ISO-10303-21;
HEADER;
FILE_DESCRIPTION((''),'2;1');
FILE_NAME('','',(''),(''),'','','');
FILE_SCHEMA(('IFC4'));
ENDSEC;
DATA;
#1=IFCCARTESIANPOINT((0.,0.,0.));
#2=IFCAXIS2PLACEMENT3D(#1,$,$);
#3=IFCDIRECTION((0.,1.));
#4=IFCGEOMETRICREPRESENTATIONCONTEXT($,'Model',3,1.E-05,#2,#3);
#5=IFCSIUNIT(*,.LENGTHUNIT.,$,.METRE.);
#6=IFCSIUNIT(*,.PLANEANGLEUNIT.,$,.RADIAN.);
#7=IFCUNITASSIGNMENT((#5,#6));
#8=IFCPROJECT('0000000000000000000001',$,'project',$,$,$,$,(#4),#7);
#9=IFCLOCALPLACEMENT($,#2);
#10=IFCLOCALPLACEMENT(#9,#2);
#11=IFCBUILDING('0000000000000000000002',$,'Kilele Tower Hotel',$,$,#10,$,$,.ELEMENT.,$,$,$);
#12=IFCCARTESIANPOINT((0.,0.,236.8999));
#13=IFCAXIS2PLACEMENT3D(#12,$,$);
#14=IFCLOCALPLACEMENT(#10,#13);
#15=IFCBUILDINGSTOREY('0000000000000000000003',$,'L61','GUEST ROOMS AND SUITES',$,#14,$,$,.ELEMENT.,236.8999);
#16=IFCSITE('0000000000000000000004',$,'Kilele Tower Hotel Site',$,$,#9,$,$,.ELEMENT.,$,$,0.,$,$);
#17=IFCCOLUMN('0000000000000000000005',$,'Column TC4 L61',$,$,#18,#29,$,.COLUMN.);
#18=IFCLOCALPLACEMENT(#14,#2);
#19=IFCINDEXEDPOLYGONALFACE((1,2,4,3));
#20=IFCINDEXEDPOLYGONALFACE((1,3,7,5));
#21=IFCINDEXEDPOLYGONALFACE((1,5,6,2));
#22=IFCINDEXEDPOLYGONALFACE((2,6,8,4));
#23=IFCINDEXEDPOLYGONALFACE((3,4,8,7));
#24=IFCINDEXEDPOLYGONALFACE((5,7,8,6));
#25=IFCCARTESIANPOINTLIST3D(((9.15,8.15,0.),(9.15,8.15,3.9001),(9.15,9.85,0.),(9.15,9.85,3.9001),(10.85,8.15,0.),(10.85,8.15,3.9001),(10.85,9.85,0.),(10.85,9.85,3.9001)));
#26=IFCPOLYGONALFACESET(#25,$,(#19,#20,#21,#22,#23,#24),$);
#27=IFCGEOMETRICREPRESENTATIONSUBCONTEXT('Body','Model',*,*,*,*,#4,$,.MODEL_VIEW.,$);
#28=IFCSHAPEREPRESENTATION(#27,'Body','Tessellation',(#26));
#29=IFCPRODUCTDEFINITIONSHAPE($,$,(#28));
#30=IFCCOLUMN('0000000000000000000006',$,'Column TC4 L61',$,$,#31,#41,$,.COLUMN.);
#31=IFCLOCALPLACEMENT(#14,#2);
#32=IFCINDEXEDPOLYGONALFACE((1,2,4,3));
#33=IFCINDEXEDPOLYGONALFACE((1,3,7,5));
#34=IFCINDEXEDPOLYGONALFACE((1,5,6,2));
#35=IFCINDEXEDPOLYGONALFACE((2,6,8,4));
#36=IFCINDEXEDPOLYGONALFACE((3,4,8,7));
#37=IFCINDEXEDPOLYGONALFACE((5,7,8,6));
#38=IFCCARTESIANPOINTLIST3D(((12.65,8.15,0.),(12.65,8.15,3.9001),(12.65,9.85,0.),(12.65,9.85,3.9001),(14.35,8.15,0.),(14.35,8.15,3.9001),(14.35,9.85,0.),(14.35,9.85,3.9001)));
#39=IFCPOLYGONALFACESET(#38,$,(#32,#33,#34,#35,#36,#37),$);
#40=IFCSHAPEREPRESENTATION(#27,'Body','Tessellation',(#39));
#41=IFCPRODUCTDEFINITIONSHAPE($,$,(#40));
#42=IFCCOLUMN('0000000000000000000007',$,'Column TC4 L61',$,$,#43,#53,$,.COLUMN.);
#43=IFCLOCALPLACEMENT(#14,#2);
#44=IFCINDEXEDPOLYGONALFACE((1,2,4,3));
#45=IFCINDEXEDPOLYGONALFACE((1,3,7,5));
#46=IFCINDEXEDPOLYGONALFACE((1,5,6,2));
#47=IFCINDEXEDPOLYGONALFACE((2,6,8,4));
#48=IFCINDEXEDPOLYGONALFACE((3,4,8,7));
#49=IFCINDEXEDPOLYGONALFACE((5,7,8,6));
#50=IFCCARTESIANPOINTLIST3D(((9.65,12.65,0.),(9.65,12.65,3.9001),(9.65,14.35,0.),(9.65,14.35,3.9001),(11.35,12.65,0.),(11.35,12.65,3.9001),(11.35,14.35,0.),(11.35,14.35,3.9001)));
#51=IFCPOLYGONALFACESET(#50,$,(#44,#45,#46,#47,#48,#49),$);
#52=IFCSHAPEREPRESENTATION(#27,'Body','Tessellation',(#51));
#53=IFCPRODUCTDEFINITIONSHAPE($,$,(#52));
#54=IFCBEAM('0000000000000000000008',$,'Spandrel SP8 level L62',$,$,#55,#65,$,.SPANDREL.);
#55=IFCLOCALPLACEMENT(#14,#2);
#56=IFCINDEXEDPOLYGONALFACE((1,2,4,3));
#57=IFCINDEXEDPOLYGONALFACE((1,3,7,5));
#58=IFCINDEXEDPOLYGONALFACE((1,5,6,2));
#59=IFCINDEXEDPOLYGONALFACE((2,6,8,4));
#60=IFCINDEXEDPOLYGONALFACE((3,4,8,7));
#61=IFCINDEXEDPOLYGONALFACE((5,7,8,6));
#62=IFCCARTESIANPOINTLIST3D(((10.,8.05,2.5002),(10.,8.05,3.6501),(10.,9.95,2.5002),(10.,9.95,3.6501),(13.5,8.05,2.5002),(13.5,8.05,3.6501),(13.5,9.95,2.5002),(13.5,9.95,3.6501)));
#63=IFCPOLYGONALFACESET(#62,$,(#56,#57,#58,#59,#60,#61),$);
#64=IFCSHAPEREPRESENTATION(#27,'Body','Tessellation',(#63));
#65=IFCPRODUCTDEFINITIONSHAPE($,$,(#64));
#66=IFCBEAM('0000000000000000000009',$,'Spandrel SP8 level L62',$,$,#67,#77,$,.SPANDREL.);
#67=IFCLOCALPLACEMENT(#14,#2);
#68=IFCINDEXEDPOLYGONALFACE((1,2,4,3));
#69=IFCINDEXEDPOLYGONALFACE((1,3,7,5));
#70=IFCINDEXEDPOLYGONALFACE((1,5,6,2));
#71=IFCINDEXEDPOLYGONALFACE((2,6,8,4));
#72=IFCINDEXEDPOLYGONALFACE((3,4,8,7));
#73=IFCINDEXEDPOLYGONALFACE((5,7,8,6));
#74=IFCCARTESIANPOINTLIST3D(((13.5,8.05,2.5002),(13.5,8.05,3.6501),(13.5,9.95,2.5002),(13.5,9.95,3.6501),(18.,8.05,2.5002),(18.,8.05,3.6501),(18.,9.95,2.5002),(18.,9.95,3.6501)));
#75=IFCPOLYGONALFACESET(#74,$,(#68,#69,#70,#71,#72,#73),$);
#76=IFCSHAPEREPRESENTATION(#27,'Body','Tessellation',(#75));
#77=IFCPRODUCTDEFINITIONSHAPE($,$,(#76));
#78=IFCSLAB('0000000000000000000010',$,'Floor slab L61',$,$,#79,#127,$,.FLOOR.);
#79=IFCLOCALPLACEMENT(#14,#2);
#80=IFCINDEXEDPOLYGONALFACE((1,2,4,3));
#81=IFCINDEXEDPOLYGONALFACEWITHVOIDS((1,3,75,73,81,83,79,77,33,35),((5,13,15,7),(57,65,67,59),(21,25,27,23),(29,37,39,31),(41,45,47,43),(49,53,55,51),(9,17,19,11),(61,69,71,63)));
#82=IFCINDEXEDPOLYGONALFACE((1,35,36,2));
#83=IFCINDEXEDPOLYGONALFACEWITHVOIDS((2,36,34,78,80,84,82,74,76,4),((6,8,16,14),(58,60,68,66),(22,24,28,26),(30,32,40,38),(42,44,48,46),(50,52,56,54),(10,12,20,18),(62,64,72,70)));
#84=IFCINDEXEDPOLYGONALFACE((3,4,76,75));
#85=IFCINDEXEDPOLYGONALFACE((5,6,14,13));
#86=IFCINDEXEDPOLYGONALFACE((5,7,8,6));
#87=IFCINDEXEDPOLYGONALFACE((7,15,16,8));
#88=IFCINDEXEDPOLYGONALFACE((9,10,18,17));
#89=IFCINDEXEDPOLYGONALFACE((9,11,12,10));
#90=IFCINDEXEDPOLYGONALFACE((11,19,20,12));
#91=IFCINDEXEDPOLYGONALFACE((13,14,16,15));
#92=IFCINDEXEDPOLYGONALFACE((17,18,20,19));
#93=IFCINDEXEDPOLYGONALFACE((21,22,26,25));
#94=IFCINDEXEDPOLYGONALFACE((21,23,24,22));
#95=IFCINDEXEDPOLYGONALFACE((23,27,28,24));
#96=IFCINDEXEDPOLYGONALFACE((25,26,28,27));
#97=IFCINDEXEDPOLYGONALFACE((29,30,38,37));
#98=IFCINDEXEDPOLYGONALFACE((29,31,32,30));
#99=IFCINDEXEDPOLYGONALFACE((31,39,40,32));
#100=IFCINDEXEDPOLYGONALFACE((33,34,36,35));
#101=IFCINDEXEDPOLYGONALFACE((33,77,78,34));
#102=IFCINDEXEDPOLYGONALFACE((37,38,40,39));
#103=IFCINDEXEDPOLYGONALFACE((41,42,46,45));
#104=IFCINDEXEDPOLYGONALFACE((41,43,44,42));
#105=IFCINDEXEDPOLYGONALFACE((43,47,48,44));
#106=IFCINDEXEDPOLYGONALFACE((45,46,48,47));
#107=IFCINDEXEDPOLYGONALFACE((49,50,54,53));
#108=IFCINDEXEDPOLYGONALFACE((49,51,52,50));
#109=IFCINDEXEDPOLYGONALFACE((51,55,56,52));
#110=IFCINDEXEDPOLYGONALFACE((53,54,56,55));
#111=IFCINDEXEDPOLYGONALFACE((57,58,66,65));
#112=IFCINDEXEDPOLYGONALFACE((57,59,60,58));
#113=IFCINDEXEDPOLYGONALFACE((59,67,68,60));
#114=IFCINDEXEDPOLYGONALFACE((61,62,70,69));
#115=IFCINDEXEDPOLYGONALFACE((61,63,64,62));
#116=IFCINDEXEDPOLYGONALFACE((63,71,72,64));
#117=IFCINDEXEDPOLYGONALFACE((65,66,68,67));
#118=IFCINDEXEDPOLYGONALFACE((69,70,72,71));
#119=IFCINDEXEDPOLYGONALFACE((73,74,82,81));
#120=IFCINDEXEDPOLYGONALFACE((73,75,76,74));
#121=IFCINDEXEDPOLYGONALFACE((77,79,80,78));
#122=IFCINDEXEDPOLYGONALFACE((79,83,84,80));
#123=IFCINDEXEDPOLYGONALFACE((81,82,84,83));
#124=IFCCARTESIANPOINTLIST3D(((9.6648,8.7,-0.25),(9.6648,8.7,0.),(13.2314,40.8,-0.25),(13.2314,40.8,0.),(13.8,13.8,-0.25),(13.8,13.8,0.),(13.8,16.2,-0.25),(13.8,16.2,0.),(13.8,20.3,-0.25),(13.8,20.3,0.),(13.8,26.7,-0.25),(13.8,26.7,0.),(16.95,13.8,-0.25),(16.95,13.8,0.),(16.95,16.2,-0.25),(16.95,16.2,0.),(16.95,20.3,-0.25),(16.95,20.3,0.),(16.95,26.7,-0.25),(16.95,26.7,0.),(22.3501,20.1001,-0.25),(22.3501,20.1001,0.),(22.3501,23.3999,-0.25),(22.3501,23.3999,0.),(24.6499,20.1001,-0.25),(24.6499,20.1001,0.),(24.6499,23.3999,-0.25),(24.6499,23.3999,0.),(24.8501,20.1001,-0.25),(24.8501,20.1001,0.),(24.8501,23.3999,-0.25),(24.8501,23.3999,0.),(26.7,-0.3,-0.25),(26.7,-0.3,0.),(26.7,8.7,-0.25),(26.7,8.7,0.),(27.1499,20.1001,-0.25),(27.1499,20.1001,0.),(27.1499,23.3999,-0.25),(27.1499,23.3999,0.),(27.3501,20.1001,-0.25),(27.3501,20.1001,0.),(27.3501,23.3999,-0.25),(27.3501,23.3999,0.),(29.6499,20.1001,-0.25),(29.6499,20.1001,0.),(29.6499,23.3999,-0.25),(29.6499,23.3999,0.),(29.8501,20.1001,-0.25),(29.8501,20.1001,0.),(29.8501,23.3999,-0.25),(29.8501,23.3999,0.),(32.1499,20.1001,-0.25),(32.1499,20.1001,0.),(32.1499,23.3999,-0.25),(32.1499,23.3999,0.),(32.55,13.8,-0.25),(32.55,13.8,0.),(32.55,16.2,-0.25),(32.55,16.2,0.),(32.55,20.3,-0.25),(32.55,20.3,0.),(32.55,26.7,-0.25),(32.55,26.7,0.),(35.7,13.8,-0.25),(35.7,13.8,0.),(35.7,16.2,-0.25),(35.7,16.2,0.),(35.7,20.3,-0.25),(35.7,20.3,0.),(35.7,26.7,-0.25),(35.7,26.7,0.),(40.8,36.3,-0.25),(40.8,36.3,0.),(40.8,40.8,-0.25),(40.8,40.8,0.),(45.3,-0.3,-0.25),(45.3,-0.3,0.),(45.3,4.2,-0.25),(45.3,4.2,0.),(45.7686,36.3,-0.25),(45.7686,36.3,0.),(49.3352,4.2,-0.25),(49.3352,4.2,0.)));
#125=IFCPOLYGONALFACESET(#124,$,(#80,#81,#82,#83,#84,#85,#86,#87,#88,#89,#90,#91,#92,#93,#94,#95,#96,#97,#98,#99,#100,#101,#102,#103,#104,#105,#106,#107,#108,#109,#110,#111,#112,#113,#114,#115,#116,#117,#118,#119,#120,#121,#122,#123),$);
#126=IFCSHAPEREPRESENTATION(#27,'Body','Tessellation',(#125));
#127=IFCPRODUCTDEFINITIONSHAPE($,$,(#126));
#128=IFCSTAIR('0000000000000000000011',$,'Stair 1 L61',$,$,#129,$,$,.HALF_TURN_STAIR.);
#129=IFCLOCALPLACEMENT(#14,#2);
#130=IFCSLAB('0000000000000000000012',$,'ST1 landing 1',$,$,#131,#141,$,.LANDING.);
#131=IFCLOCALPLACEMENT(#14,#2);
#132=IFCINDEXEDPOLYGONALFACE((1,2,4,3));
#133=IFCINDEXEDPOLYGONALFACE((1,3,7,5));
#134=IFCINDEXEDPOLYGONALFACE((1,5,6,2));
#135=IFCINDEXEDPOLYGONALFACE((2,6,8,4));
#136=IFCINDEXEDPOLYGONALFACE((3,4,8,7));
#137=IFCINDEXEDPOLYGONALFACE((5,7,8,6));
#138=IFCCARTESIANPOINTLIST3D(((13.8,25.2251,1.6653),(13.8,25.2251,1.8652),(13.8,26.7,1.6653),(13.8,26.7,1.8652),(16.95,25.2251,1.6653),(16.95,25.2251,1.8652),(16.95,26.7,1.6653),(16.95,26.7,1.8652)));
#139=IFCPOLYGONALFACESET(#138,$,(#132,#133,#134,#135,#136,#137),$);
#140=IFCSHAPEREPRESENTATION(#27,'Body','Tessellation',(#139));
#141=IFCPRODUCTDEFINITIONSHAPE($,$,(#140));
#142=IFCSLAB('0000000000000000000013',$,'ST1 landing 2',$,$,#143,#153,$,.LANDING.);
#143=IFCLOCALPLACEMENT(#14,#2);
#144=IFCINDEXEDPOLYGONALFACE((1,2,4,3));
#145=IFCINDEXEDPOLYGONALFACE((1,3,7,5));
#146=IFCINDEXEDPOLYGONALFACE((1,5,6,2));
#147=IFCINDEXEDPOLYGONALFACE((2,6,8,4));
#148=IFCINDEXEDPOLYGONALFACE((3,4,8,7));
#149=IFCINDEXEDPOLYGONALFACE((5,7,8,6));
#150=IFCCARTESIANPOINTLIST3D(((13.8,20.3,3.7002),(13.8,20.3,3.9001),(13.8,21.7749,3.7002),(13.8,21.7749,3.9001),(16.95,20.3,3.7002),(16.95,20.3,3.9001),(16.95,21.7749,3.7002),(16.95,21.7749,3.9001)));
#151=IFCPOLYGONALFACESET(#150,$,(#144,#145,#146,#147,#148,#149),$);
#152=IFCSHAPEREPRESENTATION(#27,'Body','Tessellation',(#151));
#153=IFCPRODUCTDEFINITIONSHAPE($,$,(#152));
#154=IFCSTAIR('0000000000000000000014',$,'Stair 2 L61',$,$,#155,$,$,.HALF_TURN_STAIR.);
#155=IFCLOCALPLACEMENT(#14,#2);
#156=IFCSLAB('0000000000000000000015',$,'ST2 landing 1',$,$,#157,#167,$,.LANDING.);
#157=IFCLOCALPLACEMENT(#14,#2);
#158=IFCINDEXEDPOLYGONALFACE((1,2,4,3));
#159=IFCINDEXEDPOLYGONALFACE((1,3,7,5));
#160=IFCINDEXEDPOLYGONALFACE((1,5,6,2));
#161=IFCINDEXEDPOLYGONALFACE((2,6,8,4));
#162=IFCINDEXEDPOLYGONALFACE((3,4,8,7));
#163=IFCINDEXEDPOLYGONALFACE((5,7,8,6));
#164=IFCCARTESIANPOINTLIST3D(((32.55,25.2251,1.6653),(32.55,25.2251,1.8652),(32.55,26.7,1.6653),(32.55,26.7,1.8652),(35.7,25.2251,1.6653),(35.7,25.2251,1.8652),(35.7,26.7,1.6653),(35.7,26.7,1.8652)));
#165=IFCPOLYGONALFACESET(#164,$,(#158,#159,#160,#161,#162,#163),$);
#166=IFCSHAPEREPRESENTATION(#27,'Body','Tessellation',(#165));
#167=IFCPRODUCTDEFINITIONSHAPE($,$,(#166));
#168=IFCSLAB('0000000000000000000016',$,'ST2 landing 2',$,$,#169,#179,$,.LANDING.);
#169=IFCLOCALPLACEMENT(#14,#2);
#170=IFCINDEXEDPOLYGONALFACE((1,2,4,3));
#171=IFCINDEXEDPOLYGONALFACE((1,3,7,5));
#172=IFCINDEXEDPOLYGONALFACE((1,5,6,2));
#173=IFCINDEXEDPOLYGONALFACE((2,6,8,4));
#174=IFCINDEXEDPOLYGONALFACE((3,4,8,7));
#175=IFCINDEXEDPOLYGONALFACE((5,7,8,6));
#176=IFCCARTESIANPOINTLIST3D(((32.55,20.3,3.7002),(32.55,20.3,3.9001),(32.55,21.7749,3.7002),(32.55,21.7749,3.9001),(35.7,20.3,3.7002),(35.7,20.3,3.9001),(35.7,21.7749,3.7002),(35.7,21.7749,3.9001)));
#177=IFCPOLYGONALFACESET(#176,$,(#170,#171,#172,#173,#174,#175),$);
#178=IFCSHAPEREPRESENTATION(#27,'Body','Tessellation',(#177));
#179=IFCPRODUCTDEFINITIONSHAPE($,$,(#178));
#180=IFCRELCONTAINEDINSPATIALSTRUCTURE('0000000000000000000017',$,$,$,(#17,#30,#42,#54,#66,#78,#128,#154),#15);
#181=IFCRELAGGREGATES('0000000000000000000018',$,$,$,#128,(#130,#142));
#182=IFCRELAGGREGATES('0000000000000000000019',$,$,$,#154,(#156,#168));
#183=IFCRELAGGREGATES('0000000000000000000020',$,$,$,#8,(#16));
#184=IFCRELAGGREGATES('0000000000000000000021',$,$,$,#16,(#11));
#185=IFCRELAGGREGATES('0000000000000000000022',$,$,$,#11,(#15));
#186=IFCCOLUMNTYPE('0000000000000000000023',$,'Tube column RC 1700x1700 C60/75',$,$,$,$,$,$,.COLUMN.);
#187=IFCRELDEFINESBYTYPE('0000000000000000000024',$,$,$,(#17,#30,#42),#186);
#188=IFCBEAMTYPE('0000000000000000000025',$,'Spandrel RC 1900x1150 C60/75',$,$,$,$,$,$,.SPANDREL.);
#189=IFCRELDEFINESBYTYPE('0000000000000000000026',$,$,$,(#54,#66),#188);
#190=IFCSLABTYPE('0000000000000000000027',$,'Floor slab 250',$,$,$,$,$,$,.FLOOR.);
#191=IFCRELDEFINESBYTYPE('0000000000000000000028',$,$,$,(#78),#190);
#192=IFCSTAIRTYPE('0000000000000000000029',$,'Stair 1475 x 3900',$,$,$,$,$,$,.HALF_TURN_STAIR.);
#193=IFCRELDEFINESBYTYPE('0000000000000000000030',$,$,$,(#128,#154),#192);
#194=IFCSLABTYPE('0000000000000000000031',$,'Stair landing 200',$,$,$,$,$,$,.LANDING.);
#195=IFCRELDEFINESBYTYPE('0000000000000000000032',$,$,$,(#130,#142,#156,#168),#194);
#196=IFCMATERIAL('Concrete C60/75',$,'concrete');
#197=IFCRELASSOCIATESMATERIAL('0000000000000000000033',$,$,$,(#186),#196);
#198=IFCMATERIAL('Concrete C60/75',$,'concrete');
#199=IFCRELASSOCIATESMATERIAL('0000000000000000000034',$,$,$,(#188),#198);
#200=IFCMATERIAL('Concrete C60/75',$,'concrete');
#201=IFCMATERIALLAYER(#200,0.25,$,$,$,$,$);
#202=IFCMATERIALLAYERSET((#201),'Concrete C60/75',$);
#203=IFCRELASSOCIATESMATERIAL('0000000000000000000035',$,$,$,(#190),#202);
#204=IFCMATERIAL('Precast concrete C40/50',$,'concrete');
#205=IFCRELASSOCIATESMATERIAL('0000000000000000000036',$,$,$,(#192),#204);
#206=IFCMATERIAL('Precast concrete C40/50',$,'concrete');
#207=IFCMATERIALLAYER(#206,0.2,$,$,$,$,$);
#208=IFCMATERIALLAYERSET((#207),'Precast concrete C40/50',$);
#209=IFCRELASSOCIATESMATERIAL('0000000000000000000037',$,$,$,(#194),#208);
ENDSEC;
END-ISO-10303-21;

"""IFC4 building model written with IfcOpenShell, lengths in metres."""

from ifc_helpers import new_model, si_unit, direction, frame, origin, origin_2d, place, context, subcontext, project, spatial, polyline, rectangle, outline, extrude, material, layer, layer_set, material_profile, profile_set, type_object, element, aggregate, save


model = new_model("IFC4")

# Units and contexts
model_context = context("Model", 3, precision=1e-05, world=origin(), true_north=direction((0.0, 1.0)))
body_context = subcontext(model_context, "Body", "Model", "MODEL_VIEW")
ifc_project = project(units=[si_unit("LENGTHUNIT", "METRE"), si_unit("PLANEANGLEUNIT", "RADIAN")], contexts=[model_context])

# Site, building, storey
site_placement = place(None, origin())
site = spatial("IfcSite", under=ifc_project, at=site_placement, Name="Kilele Tower Hotel Site", CompositionType="ELEMENT", RefElevation=0.0)
building_placement = place(site_placement, origin())
building = spatial("IfcBuilding", under=site, at=building_placement, Name="Kilele Tower Hotel", CompositionType="ELEMENT")
storey_placement = place(building_placement, frame((0.0, 0.0, 236.8999)))
storey = spatial("IfcBuildingStorey", under=building, at=storey_placement, Name="L61", Description="GUEST ROOMS AND SUITES", CompositionType="ELEMENT", Elevation=236.8999)

# Columns
ifc_material_1 = material(Name="Concrete C60/75", Category="concrete")
ifc_material_profile_1 = material_profile(ifc_material_1, rectangle(XDim=1.7, YDim=1.7, at=origin_2d()))
ifc_profile_set_1 = profile_set([ifc_material_profile_1], Name="Concrete C60/75")
column_type = type_object("IfcColumnType", Name="Tube column RC 1700x1700 C60/75", PredefinedType="COLUMN", material=ifc_profile_set_1)
for number, where, z_axis, x_axis, name in (
    (1, (10.0, 9.0, 0.0), (0.0, 0.0, 1.0), (1.0, 0.0, 0.0), "Column TC4 L61"),
    (2, (13.5, 9.0, 0.0), (0.0, 0.0, 1.0), (1.0, 0.0, 0.0), "Column TC4 L61"),
    (3, (10.5, 13.5, 0.0), (0.0, 0.0, 1.0), (1.0, 0.0, 0.0), "Column TC4 L61"),
):
    element("IfcColumn", number, at=place(storey_placement, frame(where, z_axis=z_axis, x_axis=x_axis)), inside=storey, type_object=column_type, Name=name, PredefinedType="COLUMN", context=body_context, shape_type="SweptSolid", body=[
        extrude(rectangle(XDim=1.7, YDim=1.7, at=origin_2d()), origin(), (0.0, 0.0, 1.0), 3.9001),
    ])

# Beams
ifc_material_2 = material(Name="Concrete C60/75", Category="concrete")
ifc_material_profile_2 = material_profile(ifc_material_2, rectangle(XDim=1.8999, YDim=1.1499, at=origin_2d()))
ifc_profile_set_2 = profile_set([ifc_material_profile_2], Name="Concrete C60/75")
beam_type = type_object("IfcBeamType", Name="Spandrel RC 1900x1150 C60/75", PredefinedType="SPANDREL", material=ifc_profile_set_2)
beam_1_placement = place(storey_placement, frame((10.0, 9.0, 3.0752), z_axis=(1.0, 0.0, 0.0), x_axis=(0.0, 1.0, 0.0)))
element("IfcBeam", 4, at=beam_1_placement, inside=storey, type_object=beam_type, Name="Spandrel SP8 level L62", PredefinedType="SPANDREL", context=body_context, shape_type="SweptSolid", body=[
    extrude(rectangle(XDim=1.8999, YDim=1.1499, at=origin_2d()), origin(), (0.0, 0.0, 1.0), 3.5),
])
beam_2_placement = place(storey_placement, frame((13.5, 9.0, 3.0752), z_axis=(1.0, 0.0, 0.0), x_axis=(0.0, 1.0, 0.0)))
element("IfcBeam", 5, at=beam_2_placement, inside=storey, type_object=beam_type, Name="Spandrel SP8 level L62", PredefinedType="SPANDREL", context=body_context, shape_type="SweptSolid", body=[
    extrude(rectangle(XDim=1.8999, YDim=1.1499, at=origin_2d()), origin(), (0.0, 0.0, 1.0), 4.5),
])

# Slab
ifc_material_3 = material(Name="Concrete C60/75", Category="concrete")
ifc_layer_1 = layer(ifc_material_3, 0.25)
ifc_layer_set_1 = layer_set([ifc_layer_1], Name="Concrete C60/75")
slab_type_1 = type_object("IfcSlabType", Name="Floor slab 250", PredefinedType="FLOOR", material=ifc_layer_set_1)
slab_1_placement = place(storey_placement, frame((0.0, 0.0, -0.25)))
element("IfcSlab", 6, at=slab_1_placement, inside=storey, type_object=slab_type_1, Name="Floor slab L61", PredefinedType="FLOOR", context=body_context, shape_type="SweptSolid", body=[
    extrude(outline(polyline([(40.8, 40.8), (40.8, 36.3), (45.7686, 36.3), (49.3352, 4.2), (45.3, 4.2), (45.3, -0.3), (26.7, -0.3), (26.7, 8.7), (9.6648, 8.7), (13.2314, 40.8), (40.8, 40.8)]), holes=[polyline([(16.95, 16.2), (13.8, 16.2), (13.8, 13.8), (16.95, 13.8), (16.95, 16.2)]), polyline([(35.7, 16.2), (32.55, 16.2), (32.55, 13.8), (35.7, 13.8), (35.7, 16.2)]), polyline([(24.6499, 23.3999), (22.3501, 23.3999), (22.3501, 20.1001), (24.6499, 20.1001), (24.6499, 23.3999)]), polyline([(27.1499, 23.3999), (24.8501, 23.3999), (24.8501, 20.1001), (27.1499, 20.1001), (27.1499, 23.3999)]), polyline([(29.6499, 23.3999), (27.3501, 23.3999), (27.3501, 20.1001), (29.6499, 20.1001), (29.6499, 23.3999)]), polyline([(32.1499, 23.3999), (29.8501, 23.3999), (29.8501, 20.1001), (32.1499, 20.1001), (32.1499, 23.3999)]), polyline([(16.95, 26.7), (13.8, 26.7), (13.8, 20.3), (16.95, 20.3), (16.95, 26.7)]), polyline([(35.7, 26.7), (32.55, 26.7), (32.55, 20.3), (35.7, 20.3), (35.7, 26.7)])]), origin(), (0.0, 0.0, 1.0), 0.25),
])

# Stairs, slabs
ifc_material_4 = material(Name="Precast concrete C40/50", Category="concrete")
stair_type = type_object("IfcStairType", Name="Stair 1475 x 3900", PredefinedType="HALF_TURN_STAIR", material=ifc_material_4)
stair_1_placement = place(storey_placement, origin())
stair_1 = element("IfcStair", 7, at=stair_1_placement, inside=storey, type_object=stair_type, Name="Stair 1 L61", PredefinedType="HALF_TURN_STAIR")
ifc_material_5 = material(Name="Precast concrete C40/50", Category="concrete")
ifc_layer_2 = layer(ifc_material_5, 0.2)
ifc_layer_set_2 = layer_set([ifc_layer_2], Name="Precast concrete C40/50")
slab_type_2 = type_object("IfcSlabType", Name="Stair landing 200", PredefinedType="LANDING", material=ifc_layer_set_2)
slab_2_placement = place(storey_placement, frame((0.0, 0.0, 1.6653)))
slab_2 = element("IfcSlab", 8, at=slab_2_placement, type_object=slab_type_2, Name="ST1 landing 1", PredefinedType="LANDING", context=body_context, shape_type="SweptSolid", body=[
    extrude(outline(polyline([(13.8, 25.2251), (16.95, 25.2251), (16.95, 26.7), (13.8, 26.7), (13.8, 25.2251)])), origin(), (0.0, 0.0, 1.0), 0.2),
])
slab_3_placement = place(storey_placement, frame((0.0, 0.0, 3.7002)))
slab_3 = element("IfcSlab", 9, at=slab_3_placement, type_object=slab_type_2, Name="ST1 landing 2", PredefinedType="LANDING", context=body_context, shape_type="SweptSolid", body=[
    extrude(outline(polyline([(13.8, 20.3), (16.95, 20.3), (16.95, 21.7749), (13.8, 21.7749), (13.8, 20.3)])), origin(), (0.0, 0.0, 1.0), 0.2),
])
aggregate(stair_1, [slab_2, slab_3])
stair_2_placement = place(storey_placement, origin())
stair_2 = element("IfcStair", 10, at=stair_2_placement, inside=storey, type_object=stair_type, Name="Stair 2 L61", PredefinedType="HALF_TURN_STAIR")
slab_4_placement = place(storey_placement, frame((0.0, 0.0, 1.6653)))
slab_4 = element("IfcSlab", 11, at=slab_4_placement, type_object=slab_type_2, Name="ST2 landing 1", PredefinedType="LANDING", context=body_context, shape_type="SweptSolid", body=[
    extrude(outline(polyline([(32.55, 25.2251), (35.7, 25.2251), (35.7, 26.7), (32.55, 26.7), (32.55, 25.2251)])), origin(), (0.0, 0.0, 1.0), 0.2),
])
slab_5_placement = place(storey_placement, frame((0.0, 0.0, 3.7002)))
slab_5 = element("IfcSlab", 12, at=slab_5_placement, type_object=slab_type_2, Name="ST2 landing 2", PredefinedType="LANDING", context=body_context, shape_type="SweptSolid", body=[
    extrude(outline(polyline([(32.55, 20.3), (35.7, 20.3), (35.7, 21.7749), (32.55, 21.7749), (32.55, 20.3)])), origin(), (0.0, 0.0, 1.0), 0.2),
])
aggregate(stair_2, [slab_4, slab_5])

save(model, "model.ifc")
